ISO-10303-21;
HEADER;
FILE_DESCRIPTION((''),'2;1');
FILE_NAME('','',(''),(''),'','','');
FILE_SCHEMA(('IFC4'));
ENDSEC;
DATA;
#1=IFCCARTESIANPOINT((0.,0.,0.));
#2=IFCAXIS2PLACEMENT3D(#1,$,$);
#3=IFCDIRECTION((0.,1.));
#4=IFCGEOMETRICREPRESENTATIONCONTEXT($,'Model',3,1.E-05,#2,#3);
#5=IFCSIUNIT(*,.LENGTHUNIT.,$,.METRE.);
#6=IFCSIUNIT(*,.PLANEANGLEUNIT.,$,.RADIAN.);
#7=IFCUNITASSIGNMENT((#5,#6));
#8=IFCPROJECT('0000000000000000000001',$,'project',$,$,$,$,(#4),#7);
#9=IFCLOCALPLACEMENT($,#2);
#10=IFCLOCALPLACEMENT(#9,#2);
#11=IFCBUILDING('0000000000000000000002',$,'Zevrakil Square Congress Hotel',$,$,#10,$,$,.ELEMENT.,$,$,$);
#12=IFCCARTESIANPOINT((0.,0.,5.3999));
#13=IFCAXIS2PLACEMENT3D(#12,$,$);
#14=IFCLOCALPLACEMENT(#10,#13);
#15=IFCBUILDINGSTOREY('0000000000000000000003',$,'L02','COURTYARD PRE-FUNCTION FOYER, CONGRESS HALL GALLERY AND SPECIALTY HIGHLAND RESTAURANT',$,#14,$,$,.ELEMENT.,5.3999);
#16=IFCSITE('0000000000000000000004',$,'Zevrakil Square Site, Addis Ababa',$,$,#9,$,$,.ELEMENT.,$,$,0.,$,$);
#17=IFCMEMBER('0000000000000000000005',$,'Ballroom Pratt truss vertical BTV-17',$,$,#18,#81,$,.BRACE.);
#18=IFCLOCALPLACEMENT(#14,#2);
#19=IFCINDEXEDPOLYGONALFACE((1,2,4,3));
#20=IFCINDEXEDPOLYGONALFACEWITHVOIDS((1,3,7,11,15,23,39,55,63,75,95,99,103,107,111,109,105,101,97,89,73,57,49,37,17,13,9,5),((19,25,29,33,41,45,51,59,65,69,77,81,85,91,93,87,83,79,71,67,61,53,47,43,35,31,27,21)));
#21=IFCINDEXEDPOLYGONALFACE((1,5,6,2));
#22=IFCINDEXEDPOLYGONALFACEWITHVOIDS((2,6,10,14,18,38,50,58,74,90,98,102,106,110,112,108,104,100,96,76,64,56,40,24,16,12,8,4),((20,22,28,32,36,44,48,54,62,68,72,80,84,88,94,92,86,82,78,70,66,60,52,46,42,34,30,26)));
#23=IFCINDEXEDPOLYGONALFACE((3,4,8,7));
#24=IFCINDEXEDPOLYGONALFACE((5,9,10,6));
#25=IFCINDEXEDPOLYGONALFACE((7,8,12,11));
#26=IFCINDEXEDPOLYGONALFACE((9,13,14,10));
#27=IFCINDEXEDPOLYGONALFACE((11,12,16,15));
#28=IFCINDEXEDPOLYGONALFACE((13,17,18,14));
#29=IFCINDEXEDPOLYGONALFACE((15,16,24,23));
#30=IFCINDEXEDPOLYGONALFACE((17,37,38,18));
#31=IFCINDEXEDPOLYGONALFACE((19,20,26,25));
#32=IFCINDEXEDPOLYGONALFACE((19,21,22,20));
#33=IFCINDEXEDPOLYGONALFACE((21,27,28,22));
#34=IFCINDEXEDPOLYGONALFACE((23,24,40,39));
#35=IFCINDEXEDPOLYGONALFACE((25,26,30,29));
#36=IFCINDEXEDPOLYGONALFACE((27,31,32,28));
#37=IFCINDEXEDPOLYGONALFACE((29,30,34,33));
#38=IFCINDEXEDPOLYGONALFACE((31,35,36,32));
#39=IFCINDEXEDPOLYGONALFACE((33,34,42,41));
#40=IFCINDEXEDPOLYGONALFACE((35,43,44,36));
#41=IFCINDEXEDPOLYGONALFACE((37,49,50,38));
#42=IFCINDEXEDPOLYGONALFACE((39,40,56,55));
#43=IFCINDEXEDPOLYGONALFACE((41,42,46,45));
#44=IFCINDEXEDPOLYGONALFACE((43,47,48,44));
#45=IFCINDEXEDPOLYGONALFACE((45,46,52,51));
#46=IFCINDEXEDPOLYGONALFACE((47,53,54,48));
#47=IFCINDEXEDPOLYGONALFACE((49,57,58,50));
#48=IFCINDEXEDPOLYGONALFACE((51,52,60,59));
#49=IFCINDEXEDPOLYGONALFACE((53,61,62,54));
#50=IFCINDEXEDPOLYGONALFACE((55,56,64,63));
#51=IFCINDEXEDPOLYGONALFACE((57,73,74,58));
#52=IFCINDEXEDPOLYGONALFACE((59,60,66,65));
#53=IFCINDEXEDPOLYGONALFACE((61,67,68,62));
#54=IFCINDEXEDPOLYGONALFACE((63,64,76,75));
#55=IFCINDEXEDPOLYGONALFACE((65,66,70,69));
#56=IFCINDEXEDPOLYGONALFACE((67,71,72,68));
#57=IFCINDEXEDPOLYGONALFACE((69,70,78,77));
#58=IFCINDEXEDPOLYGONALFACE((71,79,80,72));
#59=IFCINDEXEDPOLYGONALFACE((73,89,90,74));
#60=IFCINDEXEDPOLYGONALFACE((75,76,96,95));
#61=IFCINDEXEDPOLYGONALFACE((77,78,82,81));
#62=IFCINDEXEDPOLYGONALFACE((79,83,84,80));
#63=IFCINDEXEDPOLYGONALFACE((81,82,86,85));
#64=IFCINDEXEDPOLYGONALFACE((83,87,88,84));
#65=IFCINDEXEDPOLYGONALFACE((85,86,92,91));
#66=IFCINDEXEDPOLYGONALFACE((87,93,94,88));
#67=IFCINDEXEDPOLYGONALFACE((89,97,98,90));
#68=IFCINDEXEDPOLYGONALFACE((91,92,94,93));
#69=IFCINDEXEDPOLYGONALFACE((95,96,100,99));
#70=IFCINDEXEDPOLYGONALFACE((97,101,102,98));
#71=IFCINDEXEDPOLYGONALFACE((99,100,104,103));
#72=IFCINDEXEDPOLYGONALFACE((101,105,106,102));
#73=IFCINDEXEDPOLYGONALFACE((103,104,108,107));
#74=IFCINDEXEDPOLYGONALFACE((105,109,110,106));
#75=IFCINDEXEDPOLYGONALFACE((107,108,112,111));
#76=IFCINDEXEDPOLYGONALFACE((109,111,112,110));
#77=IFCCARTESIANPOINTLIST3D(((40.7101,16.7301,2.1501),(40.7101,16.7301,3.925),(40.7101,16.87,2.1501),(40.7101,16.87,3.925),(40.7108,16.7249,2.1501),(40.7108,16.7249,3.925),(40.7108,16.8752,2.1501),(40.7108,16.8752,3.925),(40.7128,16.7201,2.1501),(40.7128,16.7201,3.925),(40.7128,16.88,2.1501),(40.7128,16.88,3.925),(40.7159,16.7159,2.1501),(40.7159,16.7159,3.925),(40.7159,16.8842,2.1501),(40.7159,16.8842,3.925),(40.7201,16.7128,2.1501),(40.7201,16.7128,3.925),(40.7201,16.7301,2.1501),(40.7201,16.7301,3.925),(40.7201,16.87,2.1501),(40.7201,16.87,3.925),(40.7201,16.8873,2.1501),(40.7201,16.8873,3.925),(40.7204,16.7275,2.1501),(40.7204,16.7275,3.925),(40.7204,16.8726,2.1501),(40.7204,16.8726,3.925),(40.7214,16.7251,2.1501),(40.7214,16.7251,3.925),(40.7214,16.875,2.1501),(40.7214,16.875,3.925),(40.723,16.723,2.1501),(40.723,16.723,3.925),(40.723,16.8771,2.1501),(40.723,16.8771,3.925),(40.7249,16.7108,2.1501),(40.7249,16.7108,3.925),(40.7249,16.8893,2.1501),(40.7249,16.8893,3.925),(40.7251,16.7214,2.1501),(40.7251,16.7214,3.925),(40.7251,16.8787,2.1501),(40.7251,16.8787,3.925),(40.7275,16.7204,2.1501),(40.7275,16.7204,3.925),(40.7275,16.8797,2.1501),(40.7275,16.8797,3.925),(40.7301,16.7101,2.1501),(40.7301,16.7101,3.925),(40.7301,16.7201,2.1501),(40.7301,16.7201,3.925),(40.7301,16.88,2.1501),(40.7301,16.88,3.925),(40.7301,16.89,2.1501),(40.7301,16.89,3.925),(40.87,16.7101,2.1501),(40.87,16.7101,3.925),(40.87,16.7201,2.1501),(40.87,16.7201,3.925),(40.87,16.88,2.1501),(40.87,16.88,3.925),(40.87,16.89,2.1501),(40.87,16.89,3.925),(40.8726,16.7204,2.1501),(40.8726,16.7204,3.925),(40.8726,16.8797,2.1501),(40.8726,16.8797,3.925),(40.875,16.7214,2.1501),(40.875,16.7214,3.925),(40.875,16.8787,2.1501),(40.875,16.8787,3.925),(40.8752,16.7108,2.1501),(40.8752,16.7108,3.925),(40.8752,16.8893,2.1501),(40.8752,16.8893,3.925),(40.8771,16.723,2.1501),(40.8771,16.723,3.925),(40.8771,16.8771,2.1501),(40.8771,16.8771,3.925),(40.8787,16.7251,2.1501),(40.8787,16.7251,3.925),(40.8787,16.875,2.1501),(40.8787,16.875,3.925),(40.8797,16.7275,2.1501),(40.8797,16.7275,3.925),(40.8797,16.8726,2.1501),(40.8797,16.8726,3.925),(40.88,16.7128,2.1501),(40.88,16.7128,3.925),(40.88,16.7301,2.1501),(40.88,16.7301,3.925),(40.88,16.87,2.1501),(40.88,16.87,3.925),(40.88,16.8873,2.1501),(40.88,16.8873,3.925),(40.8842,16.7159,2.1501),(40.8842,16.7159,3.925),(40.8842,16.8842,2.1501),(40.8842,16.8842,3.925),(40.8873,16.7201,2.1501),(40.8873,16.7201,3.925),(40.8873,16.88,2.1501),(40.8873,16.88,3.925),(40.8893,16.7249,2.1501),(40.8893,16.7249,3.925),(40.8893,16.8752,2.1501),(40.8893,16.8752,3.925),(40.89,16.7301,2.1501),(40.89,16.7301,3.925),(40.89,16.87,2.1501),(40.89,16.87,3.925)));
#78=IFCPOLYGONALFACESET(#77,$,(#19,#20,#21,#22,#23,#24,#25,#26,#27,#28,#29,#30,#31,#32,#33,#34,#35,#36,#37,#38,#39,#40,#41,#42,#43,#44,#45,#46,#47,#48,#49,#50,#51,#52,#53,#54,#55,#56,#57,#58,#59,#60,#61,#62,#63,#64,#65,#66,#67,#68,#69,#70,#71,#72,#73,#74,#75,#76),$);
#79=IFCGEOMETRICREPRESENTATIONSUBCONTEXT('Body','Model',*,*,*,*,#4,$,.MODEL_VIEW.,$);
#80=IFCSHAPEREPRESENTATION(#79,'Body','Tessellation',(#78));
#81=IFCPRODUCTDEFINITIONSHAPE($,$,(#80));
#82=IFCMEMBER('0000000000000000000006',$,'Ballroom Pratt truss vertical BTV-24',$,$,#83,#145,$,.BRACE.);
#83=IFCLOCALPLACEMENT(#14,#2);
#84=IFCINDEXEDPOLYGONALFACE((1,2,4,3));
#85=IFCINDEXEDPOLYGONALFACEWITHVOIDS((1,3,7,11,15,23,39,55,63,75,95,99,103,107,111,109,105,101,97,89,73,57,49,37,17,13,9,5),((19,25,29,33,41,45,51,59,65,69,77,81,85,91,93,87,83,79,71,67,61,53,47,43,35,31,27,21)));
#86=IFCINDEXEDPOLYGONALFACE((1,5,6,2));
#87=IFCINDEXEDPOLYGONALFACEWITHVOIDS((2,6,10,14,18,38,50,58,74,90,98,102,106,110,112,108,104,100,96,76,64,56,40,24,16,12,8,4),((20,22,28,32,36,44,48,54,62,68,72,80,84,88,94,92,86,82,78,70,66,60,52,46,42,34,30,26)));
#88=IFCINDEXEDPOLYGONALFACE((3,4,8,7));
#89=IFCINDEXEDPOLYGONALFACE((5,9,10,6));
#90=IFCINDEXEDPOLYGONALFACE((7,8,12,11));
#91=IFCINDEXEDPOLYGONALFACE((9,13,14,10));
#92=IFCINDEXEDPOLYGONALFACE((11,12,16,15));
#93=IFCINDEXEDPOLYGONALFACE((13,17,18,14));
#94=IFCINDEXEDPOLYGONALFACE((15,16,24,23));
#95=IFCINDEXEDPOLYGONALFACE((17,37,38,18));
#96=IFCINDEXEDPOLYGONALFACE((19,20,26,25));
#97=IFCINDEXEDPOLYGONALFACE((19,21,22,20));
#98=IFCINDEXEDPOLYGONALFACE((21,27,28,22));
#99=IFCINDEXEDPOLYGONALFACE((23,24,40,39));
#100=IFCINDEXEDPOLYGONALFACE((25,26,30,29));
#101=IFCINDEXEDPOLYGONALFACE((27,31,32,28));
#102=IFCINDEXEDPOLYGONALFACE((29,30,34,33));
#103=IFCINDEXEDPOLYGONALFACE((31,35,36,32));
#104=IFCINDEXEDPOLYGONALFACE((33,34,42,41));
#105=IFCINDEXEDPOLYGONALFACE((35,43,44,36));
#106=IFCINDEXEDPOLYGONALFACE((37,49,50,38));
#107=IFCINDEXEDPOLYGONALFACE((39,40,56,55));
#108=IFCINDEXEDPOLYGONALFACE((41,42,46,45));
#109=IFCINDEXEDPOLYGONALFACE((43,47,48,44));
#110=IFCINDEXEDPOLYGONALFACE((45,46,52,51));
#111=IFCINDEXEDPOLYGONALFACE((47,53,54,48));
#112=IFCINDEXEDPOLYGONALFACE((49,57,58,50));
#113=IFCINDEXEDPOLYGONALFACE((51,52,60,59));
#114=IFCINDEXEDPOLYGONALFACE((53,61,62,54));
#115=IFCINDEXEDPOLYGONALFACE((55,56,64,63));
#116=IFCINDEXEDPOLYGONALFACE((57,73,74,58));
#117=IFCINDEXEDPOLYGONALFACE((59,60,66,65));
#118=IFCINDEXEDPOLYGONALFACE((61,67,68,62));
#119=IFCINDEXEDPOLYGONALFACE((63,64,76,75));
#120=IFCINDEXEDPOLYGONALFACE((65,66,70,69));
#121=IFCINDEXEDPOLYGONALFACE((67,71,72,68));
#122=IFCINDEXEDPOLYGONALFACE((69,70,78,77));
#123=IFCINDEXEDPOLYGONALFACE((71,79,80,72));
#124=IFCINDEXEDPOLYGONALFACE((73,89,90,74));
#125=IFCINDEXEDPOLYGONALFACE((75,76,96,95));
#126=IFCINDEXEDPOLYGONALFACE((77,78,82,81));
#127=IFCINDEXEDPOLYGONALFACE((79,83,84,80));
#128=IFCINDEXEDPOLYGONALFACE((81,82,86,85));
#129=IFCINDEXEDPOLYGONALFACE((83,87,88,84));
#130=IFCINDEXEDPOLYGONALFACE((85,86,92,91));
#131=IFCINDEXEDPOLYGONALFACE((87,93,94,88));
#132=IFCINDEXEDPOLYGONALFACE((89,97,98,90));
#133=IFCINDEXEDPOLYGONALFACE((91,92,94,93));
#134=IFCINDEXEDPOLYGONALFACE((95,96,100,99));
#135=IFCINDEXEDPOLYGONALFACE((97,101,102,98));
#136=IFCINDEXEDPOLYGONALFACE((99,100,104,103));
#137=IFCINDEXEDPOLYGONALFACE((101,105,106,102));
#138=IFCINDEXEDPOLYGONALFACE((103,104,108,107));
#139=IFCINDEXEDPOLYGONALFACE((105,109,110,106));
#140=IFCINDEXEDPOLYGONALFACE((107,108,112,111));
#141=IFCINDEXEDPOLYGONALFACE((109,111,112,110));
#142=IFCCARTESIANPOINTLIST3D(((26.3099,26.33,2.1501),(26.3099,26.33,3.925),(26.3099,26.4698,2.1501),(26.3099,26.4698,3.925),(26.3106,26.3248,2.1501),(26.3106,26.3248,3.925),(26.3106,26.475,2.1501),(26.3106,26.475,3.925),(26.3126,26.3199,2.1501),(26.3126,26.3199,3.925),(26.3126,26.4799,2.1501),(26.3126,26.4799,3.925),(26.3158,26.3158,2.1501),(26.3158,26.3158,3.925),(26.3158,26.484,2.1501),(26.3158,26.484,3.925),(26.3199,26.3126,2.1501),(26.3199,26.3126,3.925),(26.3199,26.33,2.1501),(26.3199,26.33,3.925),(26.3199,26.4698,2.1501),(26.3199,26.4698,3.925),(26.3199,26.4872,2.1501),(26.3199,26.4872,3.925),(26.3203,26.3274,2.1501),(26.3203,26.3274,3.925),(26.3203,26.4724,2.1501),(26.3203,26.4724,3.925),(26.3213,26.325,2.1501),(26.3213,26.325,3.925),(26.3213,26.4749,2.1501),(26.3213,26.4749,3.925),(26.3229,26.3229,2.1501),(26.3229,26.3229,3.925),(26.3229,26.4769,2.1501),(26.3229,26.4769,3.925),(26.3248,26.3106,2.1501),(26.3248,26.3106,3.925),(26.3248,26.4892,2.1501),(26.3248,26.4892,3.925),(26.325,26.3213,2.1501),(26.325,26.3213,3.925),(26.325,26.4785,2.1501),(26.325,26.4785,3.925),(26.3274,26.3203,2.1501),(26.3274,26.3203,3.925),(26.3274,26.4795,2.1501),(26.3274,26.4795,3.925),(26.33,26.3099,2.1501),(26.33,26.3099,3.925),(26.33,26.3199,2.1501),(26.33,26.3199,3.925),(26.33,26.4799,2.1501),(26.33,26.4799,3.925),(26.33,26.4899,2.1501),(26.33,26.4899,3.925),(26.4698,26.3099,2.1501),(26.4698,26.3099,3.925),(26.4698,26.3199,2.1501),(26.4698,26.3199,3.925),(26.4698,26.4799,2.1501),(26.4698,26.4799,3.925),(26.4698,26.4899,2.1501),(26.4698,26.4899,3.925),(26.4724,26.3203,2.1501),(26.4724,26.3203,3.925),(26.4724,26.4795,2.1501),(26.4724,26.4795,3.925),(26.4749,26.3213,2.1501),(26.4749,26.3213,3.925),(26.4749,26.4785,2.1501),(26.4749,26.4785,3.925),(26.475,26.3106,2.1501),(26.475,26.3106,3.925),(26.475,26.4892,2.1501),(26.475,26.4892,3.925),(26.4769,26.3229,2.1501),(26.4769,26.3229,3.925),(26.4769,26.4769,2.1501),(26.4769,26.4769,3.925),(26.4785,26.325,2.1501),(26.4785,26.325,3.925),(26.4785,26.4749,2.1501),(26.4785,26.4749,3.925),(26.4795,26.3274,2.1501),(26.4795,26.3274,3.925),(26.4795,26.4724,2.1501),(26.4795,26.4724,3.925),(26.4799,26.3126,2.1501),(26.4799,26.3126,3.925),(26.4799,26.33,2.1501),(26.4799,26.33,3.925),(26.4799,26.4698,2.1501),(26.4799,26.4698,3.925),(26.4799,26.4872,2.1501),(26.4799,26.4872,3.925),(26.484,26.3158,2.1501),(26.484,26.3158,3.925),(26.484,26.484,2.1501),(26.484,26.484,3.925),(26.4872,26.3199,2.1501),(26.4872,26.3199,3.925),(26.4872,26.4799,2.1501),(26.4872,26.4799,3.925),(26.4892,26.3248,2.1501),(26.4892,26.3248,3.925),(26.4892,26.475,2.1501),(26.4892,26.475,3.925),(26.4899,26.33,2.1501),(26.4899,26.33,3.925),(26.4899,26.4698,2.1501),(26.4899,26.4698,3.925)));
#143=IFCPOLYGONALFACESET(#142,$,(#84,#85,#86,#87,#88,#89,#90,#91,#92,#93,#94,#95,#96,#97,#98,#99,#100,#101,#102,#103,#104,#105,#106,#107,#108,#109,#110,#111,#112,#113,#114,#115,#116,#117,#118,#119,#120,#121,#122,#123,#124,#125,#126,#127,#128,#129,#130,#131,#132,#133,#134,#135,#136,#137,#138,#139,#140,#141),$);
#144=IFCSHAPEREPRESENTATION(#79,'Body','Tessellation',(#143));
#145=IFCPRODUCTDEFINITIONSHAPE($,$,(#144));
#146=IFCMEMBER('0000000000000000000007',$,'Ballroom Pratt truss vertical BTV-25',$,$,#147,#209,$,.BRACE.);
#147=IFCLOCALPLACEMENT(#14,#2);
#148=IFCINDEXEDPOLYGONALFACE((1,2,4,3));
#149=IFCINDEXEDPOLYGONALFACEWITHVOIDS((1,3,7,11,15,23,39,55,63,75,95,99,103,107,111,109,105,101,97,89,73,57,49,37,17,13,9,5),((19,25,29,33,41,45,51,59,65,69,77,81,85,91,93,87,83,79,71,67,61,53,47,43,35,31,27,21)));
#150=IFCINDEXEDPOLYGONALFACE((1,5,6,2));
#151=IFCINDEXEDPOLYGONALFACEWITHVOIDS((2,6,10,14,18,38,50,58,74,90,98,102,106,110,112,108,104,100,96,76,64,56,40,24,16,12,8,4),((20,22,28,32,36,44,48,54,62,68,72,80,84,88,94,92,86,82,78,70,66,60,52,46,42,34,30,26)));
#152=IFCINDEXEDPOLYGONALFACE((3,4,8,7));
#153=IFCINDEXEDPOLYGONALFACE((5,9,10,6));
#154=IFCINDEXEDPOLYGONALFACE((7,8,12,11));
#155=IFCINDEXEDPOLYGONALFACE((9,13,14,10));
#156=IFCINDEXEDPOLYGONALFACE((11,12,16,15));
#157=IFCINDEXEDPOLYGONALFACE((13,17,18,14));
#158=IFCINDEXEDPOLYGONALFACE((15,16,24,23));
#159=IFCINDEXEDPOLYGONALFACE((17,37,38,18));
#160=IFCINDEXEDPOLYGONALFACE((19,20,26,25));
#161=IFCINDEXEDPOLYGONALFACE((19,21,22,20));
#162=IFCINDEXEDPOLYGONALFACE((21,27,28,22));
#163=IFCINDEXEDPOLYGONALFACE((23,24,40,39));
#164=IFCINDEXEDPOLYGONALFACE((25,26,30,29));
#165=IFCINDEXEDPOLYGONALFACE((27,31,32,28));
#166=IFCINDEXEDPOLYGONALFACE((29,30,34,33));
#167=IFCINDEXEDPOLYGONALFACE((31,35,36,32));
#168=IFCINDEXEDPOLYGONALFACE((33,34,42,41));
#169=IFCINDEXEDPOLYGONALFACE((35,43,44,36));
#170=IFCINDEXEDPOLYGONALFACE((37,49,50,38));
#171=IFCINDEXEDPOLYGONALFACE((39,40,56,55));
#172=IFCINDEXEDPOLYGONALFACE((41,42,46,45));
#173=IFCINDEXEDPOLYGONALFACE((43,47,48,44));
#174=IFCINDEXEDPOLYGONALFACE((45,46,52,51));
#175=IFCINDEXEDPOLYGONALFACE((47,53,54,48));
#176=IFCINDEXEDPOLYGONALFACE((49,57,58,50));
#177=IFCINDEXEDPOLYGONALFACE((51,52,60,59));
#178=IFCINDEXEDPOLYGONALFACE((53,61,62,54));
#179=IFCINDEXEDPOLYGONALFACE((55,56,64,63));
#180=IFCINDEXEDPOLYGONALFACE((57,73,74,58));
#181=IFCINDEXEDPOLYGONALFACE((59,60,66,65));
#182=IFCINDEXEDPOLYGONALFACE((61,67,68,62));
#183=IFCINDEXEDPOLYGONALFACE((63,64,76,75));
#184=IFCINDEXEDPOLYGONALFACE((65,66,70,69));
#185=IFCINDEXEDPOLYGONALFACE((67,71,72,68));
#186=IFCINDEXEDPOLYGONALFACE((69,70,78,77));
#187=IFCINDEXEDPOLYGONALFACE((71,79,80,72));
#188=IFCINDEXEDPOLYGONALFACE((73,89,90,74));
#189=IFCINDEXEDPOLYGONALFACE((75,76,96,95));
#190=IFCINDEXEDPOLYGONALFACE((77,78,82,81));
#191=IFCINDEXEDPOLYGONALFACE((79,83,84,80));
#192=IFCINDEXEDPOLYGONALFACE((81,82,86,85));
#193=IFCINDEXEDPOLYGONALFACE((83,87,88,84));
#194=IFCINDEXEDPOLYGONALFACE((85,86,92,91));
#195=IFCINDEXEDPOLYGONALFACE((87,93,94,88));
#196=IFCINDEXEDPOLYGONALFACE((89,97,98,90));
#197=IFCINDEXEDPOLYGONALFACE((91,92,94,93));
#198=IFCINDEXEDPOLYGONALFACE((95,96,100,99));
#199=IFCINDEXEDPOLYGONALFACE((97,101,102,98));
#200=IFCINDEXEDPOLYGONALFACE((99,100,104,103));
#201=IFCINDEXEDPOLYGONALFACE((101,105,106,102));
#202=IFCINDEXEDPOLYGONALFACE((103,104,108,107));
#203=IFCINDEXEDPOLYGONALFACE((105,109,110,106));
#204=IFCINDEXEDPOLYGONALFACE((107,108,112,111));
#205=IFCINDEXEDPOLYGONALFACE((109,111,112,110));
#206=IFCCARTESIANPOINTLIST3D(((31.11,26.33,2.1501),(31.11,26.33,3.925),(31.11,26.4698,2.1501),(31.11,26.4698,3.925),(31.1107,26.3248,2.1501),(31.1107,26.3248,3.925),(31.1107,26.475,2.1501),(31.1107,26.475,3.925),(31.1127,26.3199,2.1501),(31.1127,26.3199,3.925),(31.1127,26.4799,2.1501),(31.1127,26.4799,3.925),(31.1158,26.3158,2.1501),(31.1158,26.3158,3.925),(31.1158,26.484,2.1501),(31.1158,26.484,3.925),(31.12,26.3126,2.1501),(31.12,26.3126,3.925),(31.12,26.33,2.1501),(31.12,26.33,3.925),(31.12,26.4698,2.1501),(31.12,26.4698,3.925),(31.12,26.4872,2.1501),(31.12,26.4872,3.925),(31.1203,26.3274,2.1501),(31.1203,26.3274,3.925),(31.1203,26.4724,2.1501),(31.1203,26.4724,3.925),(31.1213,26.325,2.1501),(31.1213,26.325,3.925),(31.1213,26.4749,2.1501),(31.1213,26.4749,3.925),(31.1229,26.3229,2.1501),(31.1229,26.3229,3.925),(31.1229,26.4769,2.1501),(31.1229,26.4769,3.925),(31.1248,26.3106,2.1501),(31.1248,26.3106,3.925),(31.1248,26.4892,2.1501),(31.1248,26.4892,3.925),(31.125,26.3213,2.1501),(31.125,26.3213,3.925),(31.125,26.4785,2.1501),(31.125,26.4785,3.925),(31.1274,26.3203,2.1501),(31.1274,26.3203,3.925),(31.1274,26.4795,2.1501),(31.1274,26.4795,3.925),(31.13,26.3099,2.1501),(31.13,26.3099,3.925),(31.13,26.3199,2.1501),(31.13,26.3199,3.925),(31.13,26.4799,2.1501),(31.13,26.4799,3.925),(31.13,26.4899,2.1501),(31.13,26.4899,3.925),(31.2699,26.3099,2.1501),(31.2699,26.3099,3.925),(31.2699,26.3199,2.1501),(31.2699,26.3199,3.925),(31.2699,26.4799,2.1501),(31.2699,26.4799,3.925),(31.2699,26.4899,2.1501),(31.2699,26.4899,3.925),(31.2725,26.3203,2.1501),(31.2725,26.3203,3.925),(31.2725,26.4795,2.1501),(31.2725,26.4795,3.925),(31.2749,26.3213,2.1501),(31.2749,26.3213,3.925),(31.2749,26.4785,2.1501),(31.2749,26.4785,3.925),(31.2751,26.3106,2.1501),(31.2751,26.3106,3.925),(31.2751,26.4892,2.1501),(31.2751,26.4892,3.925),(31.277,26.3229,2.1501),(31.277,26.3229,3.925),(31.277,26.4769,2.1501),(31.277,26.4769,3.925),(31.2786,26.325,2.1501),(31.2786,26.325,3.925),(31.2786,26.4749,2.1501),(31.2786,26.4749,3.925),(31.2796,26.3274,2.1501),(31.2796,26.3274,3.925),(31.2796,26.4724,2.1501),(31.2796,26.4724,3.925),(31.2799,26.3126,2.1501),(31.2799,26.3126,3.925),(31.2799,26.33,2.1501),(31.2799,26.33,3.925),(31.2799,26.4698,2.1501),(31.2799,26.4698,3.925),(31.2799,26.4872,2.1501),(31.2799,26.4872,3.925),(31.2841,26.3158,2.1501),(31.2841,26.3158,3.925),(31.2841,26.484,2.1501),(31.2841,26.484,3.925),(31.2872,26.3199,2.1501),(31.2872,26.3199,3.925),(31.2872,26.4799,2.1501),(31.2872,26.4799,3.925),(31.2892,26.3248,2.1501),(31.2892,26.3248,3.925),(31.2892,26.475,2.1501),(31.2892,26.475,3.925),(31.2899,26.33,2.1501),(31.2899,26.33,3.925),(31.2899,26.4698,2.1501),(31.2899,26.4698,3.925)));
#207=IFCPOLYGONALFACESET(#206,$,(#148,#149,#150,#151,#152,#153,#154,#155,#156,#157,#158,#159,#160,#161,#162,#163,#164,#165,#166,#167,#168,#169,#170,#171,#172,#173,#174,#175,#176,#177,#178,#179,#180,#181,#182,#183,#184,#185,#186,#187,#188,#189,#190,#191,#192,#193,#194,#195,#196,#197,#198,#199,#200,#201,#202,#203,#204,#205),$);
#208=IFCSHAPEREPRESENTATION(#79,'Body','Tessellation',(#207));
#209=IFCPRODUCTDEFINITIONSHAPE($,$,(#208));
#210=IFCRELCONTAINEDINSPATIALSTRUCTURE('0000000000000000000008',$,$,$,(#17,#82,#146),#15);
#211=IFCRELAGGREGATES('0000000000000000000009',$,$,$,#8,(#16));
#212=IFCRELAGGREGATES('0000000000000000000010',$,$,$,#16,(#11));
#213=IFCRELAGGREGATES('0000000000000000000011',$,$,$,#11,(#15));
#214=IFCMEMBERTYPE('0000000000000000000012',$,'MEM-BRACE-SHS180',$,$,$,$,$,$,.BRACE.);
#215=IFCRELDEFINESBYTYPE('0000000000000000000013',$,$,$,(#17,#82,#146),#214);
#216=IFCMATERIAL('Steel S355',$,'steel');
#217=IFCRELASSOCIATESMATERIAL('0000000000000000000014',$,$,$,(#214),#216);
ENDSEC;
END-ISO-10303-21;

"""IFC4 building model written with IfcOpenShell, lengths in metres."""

from ifc_helpers import new_model, si_unit, direction, frame, origin, origin_2d, place, context, subcontext, project, spatial, hollow_rectangle, extrude, material, material_profile, profile_set, type_object, element, save


model = new_model("IFC4")

# Units and contexts
model_context = context("Model", 3, precision=1e-05, world=origin(), true_north=direction((0.0, 1.0)))
body_context = subcontext(model_context, "Body", "Model", "MODEL_VIEW")
ifc_project = project(units=[si_unit("LENGTHUNIT", "METRE"), si_unit("PLANEANGLEUNIT", "RADIAN")], contexts=[model_context])

# Site, building, storey
site_placement = place(None, origin())
site = spatial("IfcSite", under=ifc_project, at=site_placement, Name="Zevrakil Square Site, Addis Ababa", CompositionType="ELEMENT", RefElevation=0.0)
building_placement = place(site_placement, origin())
building = spatial("IfcBuilding", under=site, at=building_placement, Name="Zevrakil Square Congress Hotel", CompositionType="ELEMENT")
storey_placement = place(building_placement, frame((0.0, 0.0, 5.3999)))
storey = spatial("IfcBuildingStorey", under=building, at=storey_placement, Name="L02", Description="COURTYARD PRE-FUNCTION FOYER, CONGRESS HALL GALLERY AND SPECIALTY HIGHLAND RESTAURANT", CompositionType="ELEMENT", Elevation=5.3999)

# Members
ifc_material_1 = material(Name="Steel S355", Category="steel")
ifc_material_profile_1 = material_profile(ifc_material_1, hollow_rectangle(XDim=0.1799, YDim=0.1799, WallThickness=0.01, InnerFilletRadius=0.01, OuterFilletRadius=0.02, at=origin_2d()), Name="SHS 180x180x10")
ifc_profile_set_1 = profile_set([ifc_material_profile_1], Name="Steel S355")
member_type_1 = type_object("IfcMemberType", Name="MEM-BRACE-SHS180", PredefinedType="BRACE", material=ifc_profile_set_1)
for number, where, z_axis, x_axis, name in (
    (1, (40.8, 16.8, 2.1501), (0.0, 0.0, 1.0), (1.0, 0.0, 0.0), "Ballroom Pratt truss vertical BTV-17"),
    (2, (26.3999, 26.3999, 2.1501), (0.0, 0.0, 1.0), (1.0, 0.0, 0.0), "Ballroom Pratt truss vertical BTV-24"),
    (3, (31.2, 26.3999, 2.1501), (0.0, 0.0, 1.0), (1.0, 0.0, 0.0), "Ballroom Pratt truss vertical BTV-25"),
):
    element("IfcMember", number, at=place(storey_placement, frame(where, z_axis=z_axis, x_axis=x_axis)), inside=storey, type_object=member_type_1, Name=name, PredefinedType="BRACE", context=body_context, shape_type="SweptSolid", body=[
        extrude(hollow_rectangle(XDim=0.1799, YDim=0.1799, WallThickness=0.01, InnerFilletRadius=0.01, OuterFilletRadius=0.02, at=origin_2d()), origin(), (0.0, 0.0, 1.0), 1.7749),
    ])

save(model, "model.ifc")
